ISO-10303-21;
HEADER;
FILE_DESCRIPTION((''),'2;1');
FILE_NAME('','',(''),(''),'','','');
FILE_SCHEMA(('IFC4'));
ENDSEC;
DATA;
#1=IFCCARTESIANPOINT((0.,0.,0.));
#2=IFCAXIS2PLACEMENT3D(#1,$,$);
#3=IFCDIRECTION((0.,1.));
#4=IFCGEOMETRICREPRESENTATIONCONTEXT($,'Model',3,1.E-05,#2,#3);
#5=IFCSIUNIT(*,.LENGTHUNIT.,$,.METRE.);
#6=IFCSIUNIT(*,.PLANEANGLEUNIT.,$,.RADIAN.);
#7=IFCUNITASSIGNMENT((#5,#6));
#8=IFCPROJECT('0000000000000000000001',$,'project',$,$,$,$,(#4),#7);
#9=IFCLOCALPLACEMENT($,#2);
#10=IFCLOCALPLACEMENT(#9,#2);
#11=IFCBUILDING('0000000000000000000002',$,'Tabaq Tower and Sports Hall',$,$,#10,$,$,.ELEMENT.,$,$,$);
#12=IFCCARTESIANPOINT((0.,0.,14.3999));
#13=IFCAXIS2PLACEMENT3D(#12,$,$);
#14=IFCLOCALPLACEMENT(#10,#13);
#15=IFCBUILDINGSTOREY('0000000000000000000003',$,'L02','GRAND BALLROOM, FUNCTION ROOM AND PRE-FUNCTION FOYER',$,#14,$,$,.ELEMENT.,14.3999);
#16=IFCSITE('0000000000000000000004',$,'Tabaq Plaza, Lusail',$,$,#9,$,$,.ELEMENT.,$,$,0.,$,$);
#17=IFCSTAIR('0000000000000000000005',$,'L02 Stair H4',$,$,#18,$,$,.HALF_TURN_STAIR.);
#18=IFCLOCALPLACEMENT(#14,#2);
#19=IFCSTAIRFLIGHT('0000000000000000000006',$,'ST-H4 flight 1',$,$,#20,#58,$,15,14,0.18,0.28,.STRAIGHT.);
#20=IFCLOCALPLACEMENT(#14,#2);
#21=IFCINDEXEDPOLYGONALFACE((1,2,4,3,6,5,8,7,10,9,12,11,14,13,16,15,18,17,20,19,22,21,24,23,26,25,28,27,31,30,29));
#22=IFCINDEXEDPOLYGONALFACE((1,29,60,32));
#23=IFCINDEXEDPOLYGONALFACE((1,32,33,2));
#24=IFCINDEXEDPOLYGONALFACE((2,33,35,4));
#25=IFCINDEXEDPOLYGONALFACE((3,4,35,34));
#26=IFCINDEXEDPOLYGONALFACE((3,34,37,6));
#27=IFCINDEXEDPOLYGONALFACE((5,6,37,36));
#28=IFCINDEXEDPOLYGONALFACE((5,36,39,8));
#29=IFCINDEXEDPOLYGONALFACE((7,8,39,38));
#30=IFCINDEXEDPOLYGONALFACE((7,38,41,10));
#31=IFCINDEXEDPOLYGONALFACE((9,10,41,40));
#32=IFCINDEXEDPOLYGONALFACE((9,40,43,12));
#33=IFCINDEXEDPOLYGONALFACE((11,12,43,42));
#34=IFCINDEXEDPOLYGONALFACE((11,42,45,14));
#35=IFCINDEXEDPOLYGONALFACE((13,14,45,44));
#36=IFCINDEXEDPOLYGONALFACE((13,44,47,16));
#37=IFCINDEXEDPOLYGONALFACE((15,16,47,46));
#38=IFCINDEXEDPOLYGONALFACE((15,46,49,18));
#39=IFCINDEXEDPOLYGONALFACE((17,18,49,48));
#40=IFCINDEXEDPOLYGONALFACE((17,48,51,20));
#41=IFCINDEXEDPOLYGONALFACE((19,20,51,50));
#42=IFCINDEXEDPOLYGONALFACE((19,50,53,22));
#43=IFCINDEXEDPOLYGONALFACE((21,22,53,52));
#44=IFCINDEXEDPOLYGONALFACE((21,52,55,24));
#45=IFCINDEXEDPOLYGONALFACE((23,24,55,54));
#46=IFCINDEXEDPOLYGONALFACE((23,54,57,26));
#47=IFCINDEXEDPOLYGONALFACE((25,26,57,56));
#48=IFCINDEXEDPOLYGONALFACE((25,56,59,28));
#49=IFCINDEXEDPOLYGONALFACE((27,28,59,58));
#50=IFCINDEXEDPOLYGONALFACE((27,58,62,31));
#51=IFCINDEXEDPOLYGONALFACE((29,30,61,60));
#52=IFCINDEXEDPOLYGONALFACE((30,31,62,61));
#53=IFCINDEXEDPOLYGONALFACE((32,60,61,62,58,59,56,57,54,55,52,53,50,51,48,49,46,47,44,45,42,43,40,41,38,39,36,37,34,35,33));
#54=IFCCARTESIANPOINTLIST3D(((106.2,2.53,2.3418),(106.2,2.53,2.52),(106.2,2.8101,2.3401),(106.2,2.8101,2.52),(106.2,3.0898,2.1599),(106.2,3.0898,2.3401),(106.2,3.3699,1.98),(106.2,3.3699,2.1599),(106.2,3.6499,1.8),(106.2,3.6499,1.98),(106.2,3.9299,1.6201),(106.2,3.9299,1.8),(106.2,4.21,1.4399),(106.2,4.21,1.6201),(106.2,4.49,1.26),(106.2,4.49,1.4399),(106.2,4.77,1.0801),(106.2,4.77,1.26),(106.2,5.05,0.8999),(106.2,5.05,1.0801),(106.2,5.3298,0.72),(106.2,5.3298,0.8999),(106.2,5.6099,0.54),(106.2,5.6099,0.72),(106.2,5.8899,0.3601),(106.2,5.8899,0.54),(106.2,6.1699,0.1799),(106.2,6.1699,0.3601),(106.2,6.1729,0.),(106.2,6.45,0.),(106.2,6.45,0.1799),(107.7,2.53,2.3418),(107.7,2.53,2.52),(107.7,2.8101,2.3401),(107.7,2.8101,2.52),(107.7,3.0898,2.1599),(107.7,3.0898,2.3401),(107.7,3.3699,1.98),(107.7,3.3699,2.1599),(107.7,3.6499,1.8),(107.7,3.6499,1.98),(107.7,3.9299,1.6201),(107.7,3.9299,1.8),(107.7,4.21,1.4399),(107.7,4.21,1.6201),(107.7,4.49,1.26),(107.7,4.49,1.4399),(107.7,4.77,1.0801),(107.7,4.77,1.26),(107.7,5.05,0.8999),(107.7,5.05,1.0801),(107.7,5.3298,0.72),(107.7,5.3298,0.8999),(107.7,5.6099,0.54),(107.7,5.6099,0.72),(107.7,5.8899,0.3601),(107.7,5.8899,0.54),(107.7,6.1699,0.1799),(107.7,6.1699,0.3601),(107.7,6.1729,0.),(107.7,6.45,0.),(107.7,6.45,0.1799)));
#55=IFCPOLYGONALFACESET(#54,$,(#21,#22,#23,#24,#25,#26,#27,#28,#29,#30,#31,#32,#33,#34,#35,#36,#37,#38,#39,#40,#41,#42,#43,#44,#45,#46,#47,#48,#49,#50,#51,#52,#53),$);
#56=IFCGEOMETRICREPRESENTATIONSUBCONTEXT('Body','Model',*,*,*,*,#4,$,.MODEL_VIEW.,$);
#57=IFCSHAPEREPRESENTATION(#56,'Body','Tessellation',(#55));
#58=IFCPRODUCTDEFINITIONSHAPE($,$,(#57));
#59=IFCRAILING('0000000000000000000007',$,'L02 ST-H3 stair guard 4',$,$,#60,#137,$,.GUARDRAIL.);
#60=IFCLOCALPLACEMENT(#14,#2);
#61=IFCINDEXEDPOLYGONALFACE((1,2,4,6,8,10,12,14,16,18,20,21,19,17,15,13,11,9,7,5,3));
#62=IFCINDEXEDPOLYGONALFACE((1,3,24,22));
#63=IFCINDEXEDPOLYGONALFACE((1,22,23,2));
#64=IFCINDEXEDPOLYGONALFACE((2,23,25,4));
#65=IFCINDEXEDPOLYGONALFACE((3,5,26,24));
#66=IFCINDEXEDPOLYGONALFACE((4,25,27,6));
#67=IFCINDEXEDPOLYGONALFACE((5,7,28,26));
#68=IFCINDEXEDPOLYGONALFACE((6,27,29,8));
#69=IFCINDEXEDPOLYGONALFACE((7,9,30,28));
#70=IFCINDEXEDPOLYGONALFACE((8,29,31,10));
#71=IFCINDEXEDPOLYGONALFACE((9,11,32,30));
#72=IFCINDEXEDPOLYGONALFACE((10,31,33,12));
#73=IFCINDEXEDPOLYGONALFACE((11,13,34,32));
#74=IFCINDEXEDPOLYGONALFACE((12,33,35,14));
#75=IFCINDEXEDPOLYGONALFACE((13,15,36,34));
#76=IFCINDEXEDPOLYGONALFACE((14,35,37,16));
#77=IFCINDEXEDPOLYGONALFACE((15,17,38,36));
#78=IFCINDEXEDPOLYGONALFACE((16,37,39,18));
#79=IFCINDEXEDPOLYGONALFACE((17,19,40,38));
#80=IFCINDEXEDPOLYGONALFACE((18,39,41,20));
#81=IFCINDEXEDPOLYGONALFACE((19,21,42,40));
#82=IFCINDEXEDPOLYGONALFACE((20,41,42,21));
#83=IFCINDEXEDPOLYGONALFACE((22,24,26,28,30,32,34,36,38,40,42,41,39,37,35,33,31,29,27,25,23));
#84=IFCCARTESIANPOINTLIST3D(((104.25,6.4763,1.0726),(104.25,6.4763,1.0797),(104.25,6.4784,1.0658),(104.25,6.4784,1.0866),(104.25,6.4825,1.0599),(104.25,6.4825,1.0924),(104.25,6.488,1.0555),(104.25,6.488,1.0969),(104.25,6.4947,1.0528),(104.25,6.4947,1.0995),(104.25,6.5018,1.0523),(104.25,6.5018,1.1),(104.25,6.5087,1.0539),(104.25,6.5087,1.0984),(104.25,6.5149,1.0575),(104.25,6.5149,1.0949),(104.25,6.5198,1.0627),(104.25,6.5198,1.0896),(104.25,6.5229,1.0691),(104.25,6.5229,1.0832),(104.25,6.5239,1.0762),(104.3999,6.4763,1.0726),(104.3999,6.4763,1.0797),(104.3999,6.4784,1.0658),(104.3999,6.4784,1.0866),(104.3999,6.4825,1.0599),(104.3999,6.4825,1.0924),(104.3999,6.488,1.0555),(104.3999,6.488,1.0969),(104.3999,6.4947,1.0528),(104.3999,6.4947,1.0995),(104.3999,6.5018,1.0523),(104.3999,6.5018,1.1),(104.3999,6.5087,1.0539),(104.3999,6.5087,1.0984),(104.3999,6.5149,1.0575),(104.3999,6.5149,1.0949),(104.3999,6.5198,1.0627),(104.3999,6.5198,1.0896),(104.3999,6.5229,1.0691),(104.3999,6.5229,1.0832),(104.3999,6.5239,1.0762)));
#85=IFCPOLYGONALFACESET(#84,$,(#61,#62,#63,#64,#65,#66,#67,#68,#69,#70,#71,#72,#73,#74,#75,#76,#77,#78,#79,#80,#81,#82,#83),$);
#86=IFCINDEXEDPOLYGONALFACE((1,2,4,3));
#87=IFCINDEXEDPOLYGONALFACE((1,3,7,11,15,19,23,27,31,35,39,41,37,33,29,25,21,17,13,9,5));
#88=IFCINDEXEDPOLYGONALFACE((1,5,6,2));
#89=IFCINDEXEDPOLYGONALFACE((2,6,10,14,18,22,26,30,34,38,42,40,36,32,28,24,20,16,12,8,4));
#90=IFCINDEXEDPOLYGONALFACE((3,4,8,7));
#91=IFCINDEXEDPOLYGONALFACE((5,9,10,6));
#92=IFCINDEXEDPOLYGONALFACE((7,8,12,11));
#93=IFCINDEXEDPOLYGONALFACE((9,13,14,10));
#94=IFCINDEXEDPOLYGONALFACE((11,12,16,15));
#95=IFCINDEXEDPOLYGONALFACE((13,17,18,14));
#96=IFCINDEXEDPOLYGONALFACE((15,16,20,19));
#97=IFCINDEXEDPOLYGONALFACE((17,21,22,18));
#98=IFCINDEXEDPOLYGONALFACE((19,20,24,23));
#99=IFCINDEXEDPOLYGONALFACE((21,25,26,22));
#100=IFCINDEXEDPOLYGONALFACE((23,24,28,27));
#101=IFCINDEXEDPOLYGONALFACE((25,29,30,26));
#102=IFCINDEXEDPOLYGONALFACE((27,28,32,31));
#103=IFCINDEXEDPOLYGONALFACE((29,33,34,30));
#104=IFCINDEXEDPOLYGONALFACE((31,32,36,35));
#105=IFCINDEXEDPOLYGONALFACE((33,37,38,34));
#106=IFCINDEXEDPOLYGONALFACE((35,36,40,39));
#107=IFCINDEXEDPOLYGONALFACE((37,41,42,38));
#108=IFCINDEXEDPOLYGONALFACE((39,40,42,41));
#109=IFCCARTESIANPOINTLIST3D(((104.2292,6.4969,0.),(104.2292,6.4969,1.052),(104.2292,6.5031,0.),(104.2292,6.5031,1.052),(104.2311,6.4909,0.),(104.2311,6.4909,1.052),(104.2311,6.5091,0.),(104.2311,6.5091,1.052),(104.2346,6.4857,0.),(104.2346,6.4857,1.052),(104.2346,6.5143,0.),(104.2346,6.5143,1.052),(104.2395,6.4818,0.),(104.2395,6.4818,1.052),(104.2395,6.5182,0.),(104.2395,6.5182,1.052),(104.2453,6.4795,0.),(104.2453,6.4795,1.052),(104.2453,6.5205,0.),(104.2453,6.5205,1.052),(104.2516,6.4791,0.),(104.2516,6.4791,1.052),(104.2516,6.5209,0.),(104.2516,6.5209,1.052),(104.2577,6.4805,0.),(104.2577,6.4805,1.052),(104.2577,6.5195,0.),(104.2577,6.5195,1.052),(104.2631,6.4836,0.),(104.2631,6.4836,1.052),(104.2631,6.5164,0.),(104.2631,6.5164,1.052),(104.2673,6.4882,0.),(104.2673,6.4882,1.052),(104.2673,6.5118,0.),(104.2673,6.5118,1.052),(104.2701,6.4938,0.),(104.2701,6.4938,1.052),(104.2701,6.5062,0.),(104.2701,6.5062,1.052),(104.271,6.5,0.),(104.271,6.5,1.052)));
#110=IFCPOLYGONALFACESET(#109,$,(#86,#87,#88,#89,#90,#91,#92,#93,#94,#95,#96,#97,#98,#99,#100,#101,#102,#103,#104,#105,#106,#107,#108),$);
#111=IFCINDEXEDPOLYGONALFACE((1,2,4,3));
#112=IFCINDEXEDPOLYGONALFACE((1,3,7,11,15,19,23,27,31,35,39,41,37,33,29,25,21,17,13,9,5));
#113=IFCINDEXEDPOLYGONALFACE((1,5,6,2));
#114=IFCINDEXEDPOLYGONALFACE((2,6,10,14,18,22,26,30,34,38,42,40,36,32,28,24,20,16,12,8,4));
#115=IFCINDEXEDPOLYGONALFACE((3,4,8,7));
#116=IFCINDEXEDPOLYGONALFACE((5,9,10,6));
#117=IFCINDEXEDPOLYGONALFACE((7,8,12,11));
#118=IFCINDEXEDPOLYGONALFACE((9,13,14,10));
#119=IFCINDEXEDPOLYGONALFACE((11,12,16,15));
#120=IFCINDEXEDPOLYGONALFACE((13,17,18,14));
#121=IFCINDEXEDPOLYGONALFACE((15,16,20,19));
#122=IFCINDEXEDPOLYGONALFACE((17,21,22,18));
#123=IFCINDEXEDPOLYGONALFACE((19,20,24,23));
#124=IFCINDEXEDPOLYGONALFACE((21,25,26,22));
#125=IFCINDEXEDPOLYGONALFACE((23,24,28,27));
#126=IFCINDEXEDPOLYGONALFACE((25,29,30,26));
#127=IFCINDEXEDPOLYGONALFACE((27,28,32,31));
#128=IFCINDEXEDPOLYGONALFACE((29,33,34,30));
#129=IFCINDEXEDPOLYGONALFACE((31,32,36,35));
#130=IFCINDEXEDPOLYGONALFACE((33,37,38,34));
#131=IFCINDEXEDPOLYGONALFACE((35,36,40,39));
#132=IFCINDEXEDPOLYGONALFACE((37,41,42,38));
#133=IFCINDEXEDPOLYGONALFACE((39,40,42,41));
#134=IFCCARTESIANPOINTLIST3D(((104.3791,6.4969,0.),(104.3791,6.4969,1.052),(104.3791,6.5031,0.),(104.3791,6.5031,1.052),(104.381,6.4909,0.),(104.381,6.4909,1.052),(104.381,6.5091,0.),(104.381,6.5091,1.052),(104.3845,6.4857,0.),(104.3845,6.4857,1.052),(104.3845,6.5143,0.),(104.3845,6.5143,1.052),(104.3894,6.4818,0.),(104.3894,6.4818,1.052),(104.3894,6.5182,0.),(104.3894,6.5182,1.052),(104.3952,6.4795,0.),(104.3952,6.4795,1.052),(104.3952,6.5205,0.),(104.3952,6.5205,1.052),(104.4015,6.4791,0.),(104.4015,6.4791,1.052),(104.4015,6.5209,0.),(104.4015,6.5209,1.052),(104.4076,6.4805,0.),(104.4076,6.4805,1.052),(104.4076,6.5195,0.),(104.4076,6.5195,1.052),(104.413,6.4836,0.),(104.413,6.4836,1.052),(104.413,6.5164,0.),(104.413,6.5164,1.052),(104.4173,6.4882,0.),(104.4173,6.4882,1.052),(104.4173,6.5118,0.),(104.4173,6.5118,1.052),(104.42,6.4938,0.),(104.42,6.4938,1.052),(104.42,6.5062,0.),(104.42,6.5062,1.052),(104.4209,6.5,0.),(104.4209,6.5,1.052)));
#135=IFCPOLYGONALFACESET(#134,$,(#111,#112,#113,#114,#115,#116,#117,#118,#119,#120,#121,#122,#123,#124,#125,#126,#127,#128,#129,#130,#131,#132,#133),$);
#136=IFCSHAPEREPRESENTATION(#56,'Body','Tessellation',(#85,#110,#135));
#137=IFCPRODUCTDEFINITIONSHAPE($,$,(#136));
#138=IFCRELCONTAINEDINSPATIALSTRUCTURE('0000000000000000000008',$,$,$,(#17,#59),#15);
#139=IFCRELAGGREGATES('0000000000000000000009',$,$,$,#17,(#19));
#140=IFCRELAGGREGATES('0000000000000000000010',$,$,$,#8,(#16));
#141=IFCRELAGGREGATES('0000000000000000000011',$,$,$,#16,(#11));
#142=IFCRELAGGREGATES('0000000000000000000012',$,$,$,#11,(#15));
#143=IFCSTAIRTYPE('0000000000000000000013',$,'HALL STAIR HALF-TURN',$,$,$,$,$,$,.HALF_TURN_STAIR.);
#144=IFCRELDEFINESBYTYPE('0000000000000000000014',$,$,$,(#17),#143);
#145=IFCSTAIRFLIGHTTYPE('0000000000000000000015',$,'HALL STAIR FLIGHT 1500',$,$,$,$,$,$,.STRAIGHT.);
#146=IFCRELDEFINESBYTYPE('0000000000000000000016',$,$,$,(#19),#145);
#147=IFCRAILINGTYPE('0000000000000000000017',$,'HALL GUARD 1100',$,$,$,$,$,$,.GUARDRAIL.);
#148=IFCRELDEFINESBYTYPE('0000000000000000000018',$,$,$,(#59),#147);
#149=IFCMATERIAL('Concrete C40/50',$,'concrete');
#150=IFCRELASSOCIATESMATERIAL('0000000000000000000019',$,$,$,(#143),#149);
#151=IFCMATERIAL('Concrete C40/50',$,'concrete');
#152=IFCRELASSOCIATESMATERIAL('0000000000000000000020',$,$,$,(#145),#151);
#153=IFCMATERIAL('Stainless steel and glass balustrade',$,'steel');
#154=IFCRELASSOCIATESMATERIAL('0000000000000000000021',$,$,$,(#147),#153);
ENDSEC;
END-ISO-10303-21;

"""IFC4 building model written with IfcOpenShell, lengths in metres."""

from ifc_helpers import new_model, si_unit, direction, frame, origin, origin_2d, place, context, subcontext, project, spatial, polyline, circle, outline, extrude, material, type_object, element, aggregate, save


model = new_model("IFC4")

# Units and contexts
model_context = context("Model", 3, precision=1e-05, world=origin(), true_north=direction((0.0, 1.0)))
body_context = subcontext(model_context, "Body", "Model", "MODEL_VIEW")
ifc_project = project(units=[si_unit("LENGTHUNIT", "METRE"), si_unit("PLANEANGLEUNIT", "RADIAN")], contexts=[model_context])

# Site, building, storey
site_placement = place(None, origin())
site = spatial("IfcSite", under=ifc_project, at=site_placement, Name="Tabaq Plaza, Lusail", CompositionType="ELEMENT", RefElevation=0.0)
building_placement = place(site_placement, origin())
building = spatial("IfcBuilding", under=site, at=building_placement, Name="Tabaq Tower and Sports Hall", CompositionType="ELEMENT")
storey_placement = place(building_placement, frame((0.0, 0.0, 14.3999)))
storey = spatial("IfcBuildingStorey", under=building, at=storey_placement, Name="L02", Description="GRAND BALLROOM, FUNCTION ROOM AND PRE-FUNCTION FOYER", CompositionType="ELEMENT", Elevation=14.3999)

# Stair, stair flight
ifc_material_1 = material(Name="Concrete C40/50", Category="concrete")
stair_type = type_object("IfcStairType", Name="HALL STAIR HALF-TURN", PredefinedType="HALF_TURN_STAIR", material=ifc_material_1)
stair_placement = place(storey_placement, origin())
stair = element("IfcStair", 1, at=stair_placement, inside=storey, type_object=stair_type, Name="L02 Stair H4", PredefinedType="HALF_TURN_STAIR")
ifc_material_2 = material(Name="Concrete C40/50", Category="concrete")
stair_flight_type = type_object("IfcStairFlightType", Name="HALL STAIR FLIGHT 1500", PredefinedType="STRAIGHT", material=ifc_material_2)
stair_flight_placement = place(storey_placement, frame((106.95, 6.45, 0.0), z_axis=(0.0, 0.0, 1.0), x_axis=(0.0, -1.0, 0.0)))
stair_flight = element("IfcStairFlight", 2, at=stair_flight_placement, type_object=stair_flight_type, Name="ST-H4 flight 1", NumberOfRisers=15, NumberOfTreads=14, PredefinedType="STRAIGHT", RiserHeight=0.18, TreadLength=0.28, context=body_context, shape_type="SweptSolid", body=[
    extrude(outline(polyline([(0.0, 0.0), (0.0, 0.1799), (0.28, 0.1799), (0.28, 0.3601), (0.5601, 0.3601), (0.5601, 0.54), (0.8401, 0.54), (0.8401, 0.72), (1.1201, 0.72), (1.1201, 0.8999), (1.3999, 0.8999), (1.3999, 1.0801), (1.6799, 1.0801), (1.6799, 1.26), (1.96, 1.26), (1.96, 1.4399), (2.24, 1.4399), (2.24, 1.6201), (2.52, 1.6201), (2.52, 1.8), (2.8, 1.8), (2.8, 1.98), (3.0801, 1.98), (3.0801, 2.1599), (3.3601, 2.1599), (3.3601, 2.3401), (3.6399, 2.3401), (3.6399, 2.52), (3.9199, 2.52), (3.9199, 2.7), (3.9199, 2.3418), (0.2771, 0.0), (0.0, 0.0)])), frame((0.0, 0.75, 0.0), z_axis=(0.0, -1.0, 0.0), x_axis=(1.0, 0.0, 0.0)), (0.0, 0.0, 1.0), 1.5),
])
aggregate(stair, [stair_flight])

# Railing
ifc_material_3 = material(Name="Stainless steel and glass balustrade", Category="steel")
railing_type = type_object("IfcRailingType", Name="HALL GUARD 1100", PredefinedType="GUARDRAIL", material=ifc_material_3)
railing_1_placement = place(storey_placement, frame((104.25, 6.5, 0.0)))
element("IfcRailing", 3, at=railing_1_placement, inside=storey, type_object=railing_type, Name="L02 ST-H3 stair guard 4", PredefinedType="GUARDRAIL", context=body_context, shape_type="SweptSolid", body=[
    extrude(circle(Radius=0.0239, at=origin_2d()), frame((0.0, 0.0, 1.0762), z_axis=(1.0, 0.0, 0.0), x_axis=(0.0, 1.0, 0.0)), (0.0, 0.0, 1.0), 0.1499),
    extrude(circle(Radius=0.021, at=origin_2d()), origin(), (0.0, 0.0, 1.0), 1.052),
    extrude(circle(Radius=0.021, at=origin_2d()), frame((0.1499, 0.0, 0.0)), (0.0, 0.0, 1.0), 1.052),
])

save(model, "model.ifc")
